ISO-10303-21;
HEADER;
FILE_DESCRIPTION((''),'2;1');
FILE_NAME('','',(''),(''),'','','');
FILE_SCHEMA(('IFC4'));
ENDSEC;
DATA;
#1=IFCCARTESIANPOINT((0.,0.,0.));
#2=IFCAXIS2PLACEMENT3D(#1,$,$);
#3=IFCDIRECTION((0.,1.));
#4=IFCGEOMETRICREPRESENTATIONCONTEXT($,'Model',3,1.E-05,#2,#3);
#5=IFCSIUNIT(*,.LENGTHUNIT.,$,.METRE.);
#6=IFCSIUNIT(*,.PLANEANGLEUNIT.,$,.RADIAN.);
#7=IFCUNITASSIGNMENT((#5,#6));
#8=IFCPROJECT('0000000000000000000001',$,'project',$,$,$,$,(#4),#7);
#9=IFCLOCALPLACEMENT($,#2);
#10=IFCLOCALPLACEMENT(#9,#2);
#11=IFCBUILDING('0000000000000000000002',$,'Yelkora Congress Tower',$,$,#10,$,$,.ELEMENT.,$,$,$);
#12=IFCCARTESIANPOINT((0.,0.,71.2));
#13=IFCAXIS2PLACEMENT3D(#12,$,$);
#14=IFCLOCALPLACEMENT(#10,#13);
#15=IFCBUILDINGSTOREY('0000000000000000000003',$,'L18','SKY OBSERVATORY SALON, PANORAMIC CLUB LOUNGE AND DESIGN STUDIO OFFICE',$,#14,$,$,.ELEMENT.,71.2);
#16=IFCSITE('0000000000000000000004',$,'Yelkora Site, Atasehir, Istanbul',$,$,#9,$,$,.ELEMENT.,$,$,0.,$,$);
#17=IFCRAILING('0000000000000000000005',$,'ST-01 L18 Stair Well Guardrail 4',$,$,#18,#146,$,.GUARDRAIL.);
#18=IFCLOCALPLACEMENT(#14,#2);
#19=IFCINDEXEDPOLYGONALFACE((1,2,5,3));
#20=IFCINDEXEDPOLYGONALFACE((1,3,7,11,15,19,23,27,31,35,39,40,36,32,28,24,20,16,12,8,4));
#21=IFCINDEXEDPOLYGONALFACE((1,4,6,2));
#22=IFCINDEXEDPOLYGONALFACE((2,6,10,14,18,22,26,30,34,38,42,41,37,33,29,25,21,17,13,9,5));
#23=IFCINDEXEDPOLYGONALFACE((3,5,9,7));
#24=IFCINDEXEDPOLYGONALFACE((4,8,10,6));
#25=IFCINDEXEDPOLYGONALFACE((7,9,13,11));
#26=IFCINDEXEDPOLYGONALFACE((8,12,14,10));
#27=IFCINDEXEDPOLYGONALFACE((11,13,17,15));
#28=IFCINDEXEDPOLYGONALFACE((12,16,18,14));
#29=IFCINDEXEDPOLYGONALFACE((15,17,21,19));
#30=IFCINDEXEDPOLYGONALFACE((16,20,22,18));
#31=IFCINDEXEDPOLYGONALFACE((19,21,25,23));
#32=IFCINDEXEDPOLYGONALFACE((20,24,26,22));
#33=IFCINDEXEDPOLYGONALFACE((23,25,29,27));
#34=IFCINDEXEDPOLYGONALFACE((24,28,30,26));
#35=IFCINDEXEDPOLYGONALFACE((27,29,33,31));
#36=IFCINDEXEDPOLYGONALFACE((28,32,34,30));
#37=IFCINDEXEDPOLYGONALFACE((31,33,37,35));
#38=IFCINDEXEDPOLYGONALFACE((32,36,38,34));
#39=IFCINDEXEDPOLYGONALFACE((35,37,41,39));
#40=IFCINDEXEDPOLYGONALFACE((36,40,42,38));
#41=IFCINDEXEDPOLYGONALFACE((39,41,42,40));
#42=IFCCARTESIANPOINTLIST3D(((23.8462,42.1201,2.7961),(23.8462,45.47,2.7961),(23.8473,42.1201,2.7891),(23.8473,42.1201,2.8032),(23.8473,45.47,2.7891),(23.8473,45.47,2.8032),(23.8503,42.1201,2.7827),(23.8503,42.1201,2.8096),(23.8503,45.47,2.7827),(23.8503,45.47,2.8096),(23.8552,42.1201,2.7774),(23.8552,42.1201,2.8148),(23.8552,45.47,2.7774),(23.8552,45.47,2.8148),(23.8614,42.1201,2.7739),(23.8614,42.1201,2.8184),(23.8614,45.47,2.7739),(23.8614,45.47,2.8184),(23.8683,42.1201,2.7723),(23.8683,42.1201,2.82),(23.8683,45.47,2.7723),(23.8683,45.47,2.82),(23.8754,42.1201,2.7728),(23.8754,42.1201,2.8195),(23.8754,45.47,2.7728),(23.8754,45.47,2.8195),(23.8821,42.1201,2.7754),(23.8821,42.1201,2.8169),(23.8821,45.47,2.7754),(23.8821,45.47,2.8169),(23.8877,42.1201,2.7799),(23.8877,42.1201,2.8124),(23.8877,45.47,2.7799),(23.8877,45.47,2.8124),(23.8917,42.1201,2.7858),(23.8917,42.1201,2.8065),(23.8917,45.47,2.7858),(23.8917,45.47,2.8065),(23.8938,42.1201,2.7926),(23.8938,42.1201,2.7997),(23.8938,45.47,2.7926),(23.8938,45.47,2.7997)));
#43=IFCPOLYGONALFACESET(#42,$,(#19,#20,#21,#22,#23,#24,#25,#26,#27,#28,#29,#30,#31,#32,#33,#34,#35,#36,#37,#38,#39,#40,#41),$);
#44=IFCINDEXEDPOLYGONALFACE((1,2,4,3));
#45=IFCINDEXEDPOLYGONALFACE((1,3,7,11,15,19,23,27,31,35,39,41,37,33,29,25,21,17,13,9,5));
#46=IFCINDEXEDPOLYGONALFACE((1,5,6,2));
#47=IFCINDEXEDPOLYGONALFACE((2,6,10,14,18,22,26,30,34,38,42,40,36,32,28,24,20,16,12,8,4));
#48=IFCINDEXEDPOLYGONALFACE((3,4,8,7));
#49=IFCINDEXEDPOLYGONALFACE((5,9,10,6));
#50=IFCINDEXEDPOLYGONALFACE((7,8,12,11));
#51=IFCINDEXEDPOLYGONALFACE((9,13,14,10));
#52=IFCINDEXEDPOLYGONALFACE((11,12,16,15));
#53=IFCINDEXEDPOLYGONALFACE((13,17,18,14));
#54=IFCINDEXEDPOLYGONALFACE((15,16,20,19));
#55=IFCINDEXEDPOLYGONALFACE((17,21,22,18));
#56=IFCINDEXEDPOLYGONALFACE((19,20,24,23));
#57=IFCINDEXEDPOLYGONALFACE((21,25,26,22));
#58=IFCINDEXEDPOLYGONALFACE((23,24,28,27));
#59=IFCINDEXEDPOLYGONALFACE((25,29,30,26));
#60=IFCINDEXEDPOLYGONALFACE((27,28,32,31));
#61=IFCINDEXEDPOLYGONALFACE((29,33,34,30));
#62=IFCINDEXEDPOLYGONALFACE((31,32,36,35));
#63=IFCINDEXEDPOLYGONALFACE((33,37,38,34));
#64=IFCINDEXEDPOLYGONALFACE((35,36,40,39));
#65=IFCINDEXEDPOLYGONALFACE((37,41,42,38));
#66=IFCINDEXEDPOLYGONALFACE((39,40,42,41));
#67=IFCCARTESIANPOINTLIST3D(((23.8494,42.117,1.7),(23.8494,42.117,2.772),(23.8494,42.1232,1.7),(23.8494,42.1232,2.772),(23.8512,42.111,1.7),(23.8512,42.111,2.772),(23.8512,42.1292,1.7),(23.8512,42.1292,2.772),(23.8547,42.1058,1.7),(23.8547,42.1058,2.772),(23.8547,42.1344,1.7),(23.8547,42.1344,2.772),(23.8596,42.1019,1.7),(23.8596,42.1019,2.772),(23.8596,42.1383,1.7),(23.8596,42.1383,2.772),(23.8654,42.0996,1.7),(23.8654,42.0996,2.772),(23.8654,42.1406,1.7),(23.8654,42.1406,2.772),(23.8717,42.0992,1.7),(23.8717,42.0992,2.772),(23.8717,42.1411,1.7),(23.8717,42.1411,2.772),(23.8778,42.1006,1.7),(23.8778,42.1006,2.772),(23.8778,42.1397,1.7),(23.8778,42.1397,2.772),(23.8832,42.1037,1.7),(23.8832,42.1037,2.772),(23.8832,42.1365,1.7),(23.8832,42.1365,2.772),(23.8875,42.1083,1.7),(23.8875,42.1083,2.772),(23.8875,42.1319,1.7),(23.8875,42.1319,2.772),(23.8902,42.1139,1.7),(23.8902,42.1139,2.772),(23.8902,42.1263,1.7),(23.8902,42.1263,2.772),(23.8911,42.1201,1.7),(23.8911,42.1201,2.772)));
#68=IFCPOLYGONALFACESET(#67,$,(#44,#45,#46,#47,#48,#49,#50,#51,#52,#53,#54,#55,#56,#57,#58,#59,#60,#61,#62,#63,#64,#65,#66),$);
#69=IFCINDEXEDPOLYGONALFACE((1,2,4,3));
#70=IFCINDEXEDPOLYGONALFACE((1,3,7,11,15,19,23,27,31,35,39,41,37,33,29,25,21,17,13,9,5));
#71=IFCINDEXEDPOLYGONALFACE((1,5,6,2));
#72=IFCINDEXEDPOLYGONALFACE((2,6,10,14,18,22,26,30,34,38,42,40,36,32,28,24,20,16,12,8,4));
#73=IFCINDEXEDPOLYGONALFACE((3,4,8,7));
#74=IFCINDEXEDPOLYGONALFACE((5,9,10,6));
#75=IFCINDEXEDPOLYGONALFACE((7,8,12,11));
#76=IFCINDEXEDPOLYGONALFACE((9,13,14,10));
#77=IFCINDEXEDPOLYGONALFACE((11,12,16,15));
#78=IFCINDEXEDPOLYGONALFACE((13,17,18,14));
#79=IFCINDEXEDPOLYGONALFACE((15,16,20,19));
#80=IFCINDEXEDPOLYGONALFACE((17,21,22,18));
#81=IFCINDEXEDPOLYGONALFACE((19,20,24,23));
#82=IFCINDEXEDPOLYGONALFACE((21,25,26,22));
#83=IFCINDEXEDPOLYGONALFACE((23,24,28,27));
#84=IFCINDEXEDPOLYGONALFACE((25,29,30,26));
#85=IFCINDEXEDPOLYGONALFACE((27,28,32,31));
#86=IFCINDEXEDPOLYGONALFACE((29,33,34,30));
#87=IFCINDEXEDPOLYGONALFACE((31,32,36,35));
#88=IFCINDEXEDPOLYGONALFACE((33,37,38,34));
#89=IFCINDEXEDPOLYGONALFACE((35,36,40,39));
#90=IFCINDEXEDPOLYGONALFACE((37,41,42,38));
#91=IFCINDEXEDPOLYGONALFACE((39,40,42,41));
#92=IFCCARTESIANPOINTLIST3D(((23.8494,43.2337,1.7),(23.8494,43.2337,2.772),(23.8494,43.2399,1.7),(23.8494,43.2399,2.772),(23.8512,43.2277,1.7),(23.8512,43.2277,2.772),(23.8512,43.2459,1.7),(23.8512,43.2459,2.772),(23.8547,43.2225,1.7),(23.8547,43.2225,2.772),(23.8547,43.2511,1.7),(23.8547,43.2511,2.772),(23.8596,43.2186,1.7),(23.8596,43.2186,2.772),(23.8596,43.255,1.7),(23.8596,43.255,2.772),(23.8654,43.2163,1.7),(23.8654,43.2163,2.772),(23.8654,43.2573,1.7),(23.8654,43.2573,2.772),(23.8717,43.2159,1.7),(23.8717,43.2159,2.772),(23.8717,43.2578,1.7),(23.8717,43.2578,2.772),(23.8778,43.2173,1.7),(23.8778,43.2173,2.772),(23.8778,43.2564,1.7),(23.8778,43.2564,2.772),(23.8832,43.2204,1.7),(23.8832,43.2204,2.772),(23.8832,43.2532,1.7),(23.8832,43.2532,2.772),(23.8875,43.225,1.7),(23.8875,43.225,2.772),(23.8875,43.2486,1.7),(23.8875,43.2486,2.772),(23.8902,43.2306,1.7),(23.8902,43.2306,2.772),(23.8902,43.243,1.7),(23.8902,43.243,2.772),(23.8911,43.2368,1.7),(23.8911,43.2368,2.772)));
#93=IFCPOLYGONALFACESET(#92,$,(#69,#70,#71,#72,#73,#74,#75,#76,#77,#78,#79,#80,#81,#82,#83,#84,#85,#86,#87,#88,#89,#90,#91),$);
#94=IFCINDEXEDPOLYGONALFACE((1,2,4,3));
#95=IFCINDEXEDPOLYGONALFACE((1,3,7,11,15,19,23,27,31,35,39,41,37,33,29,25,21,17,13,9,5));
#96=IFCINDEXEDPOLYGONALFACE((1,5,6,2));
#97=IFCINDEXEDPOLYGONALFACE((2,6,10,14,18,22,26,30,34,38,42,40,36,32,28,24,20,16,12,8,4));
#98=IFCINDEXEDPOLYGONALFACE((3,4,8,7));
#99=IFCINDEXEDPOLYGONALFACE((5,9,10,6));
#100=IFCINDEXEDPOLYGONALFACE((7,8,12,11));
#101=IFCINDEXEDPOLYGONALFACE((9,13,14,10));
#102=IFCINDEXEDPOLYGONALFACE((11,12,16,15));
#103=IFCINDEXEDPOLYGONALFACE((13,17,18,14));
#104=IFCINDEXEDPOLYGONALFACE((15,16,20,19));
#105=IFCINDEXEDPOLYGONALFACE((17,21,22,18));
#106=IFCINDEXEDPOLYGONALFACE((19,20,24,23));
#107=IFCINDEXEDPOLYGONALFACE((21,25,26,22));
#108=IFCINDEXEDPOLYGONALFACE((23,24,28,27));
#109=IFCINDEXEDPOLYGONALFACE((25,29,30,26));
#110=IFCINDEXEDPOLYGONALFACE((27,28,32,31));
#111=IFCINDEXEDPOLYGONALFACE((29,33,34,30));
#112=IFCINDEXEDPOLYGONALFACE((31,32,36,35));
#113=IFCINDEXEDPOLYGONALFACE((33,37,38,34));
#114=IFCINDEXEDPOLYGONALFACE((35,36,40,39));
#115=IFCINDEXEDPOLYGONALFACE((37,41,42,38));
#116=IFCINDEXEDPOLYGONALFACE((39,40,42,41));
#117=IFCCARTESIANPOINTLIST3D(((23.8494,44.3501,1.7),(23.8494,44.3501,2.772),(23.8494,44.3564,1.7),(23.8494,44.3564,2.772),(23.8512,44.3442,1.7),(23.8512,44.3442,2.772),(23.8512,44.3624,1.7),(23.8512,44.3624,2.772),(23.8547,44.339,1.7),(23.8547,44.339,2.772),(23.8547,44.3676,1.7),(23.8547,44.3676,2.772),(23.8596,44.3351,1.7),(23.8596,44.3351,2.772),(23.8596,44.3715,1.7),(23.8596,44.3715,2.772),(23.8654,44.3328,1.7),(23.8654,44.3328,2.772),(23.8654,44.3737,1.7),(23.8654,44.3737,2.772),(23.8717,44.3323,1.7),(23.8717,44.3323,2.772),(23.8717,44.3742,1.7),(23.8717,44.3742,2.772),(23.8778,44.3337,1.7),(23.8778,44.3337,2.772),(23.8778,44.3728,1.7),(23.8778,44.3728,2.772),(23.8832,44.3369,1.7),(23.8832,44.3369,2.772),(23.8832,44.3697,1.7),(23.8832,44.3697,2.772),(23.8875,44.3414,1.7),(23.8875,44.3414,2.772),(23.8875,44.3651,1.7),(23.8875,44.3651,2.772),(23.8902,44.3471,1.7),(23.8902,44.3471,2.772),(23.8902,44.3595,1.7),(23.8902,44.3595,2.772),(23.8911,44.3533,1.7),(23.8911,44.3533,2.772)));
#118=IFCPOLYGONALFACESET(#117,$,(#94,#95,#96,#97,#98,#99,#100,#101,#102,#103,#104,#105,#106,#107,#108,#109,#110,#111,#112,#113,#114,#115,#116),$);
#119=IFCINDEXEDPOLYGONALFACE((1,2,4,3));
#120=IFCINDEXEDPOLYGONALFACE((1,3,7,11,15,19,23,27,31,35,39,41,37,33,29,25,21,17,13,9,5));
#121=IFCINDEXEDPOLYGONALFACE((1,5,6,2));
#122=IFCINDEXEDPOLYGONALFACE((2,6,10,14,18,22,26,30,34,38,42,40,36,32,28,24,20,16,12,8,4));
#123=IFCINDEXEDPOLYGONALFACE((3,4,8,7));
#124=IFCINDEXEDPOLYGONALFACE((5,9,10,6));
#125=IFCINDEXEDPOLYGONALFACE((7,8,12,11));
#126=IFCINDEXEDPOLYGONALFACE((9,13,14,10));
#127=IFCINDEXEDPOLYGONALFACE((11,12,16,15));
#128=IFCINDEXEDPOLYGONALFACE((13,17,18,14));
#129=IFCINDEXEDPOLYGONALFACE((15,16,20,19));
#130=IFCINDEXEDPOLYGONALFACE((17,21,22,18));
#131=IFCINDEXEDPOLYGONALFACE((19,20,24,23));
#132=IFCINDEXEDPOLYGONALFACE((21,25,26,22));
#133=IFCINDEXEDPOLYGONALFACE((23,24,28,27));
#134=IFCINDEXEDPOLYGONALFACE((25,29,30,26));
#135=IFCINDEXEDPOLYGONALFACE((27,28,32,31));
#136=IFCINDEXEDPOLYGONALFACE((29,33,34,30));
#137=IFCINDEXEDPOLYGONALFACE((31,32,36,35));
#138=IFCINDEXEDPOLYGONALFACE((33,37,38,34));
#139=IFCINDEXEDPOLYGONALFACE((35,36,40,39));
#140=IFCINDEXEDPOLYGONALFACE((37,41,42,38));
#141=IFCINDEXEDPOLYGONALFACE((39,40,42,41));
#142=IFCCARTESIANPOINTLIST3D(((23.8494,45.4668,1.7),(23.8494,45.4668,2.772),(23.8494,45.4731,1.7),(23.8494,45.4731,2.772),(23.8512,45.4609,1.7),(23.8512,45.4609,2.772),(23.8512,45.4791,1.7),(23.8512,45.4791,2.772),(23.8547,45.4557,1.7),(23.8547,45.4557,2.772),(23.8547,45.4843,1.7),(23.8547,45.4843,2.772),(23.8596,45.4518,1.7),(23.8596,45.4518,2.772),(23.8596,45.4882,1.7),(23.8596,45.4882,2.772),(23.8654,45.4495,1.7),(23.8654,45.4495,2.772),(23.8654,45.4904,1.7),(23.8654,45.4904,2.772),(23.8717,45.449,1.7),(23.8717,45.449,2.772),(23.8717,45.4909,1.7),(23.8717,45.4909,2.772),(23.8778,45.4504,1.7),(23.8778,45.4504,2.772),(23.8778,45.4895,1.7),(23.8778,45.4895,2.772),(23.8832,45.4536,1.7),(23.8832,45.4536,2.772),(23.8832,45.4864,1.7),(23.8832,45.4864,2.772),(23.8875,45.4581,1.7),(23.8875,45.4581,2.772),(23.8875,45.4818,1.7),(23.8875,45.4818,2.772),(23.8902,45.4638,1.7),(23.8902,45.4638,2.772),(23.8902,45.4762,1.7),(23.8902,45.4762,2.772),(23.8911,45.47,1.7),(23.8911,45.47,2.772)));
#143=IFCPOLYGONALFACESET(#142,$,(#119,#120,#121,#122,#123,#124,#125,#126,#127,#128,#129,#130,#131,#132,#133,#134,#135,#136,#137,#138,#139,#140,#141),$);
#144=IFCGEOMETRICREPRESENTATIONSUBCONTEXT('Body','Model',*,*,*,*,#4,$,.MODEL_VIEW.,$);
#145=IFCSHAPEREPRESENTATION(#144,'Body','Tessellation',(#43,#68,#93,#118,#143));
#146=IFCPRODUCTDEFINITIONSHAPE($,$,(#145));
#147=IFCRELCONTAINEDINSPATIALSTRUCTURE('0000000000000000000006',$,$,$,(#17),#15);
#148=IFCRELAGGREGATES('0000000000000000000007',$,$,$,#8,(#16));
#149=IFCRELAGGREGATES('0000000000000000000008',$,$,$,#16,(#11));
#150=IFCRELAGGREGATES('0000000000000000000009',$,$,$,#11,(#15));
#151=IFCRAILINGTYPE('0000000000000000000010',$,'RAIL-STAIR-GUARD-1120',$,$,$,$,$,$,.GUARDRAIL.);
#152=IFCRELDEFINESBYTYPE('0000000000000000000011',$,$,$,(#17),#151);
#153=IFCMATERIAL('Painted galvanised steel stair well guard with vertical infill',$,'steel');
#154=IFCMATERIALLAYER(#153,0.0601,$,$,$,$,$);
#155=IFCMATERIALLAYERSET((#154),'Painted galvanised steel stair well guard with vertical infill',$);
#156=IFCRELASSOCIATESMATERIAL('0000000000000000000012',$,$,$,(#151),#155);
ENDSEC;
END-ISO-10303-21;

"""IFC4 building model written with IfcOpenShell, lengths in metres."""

from ifc_helpers import new_model, si_unit, direction, frame, origin, origin_2d, place, context, subcontext, project, spatial, circle, extrude, material, layer, layer_set, type_object, element, save


model = new_model("IFC4")

# Units and contexts
model_context = context("Model", 3, precision=1e-05, world=origin(), true_north=direction((0.0, 1.0)))
body_context = subcontext(model_context, "Body", "Model", "MODEL_VIEW")
ifc_project = project(units=[si_unit("LENGTHUNIT", "METRE"), si_unit("PLANEANGLEUNIT", "RADIAN")], contexts=[model_context])

# Site, building, storey
site_placement = place(None, origin())
site = spatial("IfcSite", under=ifc_project, at=site_placement, Name="Yelkora Site, Atasehir, Istanbul", CompositionType="ELEMENT", RefElevation=0.0)
building_placement = place(site_placement, origin())
building = spatial("IfcBuilding", under=site, at=building_placement, Name="Yelkora Congress Tower", CompositionType="ELEMENT")
storey_placement = place(building_placement, frame((0.0, 0.0, 71.2)))
storey = spatial("IfcBuildingStorey", under=building, at=storey_placement, Name="L18", Description="SKY OBSERVATORY SALON, PANORAMIC CLUB LOUNGE AND DESIGN STUDIO OFFICE", CompositionType="ELEMENT", Elevation=71.2)

# Railing
ifc_material_1 = material(Name="Painted galvanised steel stair well guard with vertical infill", Category="steel")
ifc_layer_1 = layer(ifc_material_1, 0.0601)
ifc_layer_set_1 = layer_set([ifc_layer_1], Name="Painted galvanised steel stair well guard with vertical infill")
railing_type_1 = type_object("IfcRailingType", Name="RAIL-STAIR-GUARD-1120", PredefinedType="GUARDRAIL", material=ifc_layer_set_1)
for number, where, name in (
    (1, (23.8701, 42.1201, 1.7), "ST-01 L18 Stair Well Guardrail 4"),
):
    element("IfcRailing", number, at=place(storey_placement, frame(where)), inside=storey, type_object=railing_type_1, Name=name, PredefinedType="GUARDRAIL", context=body_context, shape_type="SweptSolid", body=[
        extrude(circle(Radius=0.0239, at=origin_2d()), frame((0.0, 0.0, 1.0962), z_axis=(0.0, 1.0, 0.0), x_axis=(-1.0, 0.0, 0.0)), (0.0, 0.0, 1.0), 3.3499),
        extrude(circle(Radius=0.021, at=origin_2d()), origin(), (0.0, 0.0, 1.0), 1.072),
        extrude(circle(Radius=0.021, at=origin_2d()), frame((0.0, 1.1167, 0.0)), (0.0, 0.0, 1.0), 1.072),
        extrude(circle(Radius=0.021, at=origin_2d()), frame((0.0, 2.2332, 0.0)), (0.0, 0.0, 1.0), 1.072),
        extrude(circle(Radius=0.021, at=origin_2d()), frame((0.0, 3.3499, 0.0)), (0.0, 0.0, 1.0), 1.072),
    ])

save(model, "model.ifc")
